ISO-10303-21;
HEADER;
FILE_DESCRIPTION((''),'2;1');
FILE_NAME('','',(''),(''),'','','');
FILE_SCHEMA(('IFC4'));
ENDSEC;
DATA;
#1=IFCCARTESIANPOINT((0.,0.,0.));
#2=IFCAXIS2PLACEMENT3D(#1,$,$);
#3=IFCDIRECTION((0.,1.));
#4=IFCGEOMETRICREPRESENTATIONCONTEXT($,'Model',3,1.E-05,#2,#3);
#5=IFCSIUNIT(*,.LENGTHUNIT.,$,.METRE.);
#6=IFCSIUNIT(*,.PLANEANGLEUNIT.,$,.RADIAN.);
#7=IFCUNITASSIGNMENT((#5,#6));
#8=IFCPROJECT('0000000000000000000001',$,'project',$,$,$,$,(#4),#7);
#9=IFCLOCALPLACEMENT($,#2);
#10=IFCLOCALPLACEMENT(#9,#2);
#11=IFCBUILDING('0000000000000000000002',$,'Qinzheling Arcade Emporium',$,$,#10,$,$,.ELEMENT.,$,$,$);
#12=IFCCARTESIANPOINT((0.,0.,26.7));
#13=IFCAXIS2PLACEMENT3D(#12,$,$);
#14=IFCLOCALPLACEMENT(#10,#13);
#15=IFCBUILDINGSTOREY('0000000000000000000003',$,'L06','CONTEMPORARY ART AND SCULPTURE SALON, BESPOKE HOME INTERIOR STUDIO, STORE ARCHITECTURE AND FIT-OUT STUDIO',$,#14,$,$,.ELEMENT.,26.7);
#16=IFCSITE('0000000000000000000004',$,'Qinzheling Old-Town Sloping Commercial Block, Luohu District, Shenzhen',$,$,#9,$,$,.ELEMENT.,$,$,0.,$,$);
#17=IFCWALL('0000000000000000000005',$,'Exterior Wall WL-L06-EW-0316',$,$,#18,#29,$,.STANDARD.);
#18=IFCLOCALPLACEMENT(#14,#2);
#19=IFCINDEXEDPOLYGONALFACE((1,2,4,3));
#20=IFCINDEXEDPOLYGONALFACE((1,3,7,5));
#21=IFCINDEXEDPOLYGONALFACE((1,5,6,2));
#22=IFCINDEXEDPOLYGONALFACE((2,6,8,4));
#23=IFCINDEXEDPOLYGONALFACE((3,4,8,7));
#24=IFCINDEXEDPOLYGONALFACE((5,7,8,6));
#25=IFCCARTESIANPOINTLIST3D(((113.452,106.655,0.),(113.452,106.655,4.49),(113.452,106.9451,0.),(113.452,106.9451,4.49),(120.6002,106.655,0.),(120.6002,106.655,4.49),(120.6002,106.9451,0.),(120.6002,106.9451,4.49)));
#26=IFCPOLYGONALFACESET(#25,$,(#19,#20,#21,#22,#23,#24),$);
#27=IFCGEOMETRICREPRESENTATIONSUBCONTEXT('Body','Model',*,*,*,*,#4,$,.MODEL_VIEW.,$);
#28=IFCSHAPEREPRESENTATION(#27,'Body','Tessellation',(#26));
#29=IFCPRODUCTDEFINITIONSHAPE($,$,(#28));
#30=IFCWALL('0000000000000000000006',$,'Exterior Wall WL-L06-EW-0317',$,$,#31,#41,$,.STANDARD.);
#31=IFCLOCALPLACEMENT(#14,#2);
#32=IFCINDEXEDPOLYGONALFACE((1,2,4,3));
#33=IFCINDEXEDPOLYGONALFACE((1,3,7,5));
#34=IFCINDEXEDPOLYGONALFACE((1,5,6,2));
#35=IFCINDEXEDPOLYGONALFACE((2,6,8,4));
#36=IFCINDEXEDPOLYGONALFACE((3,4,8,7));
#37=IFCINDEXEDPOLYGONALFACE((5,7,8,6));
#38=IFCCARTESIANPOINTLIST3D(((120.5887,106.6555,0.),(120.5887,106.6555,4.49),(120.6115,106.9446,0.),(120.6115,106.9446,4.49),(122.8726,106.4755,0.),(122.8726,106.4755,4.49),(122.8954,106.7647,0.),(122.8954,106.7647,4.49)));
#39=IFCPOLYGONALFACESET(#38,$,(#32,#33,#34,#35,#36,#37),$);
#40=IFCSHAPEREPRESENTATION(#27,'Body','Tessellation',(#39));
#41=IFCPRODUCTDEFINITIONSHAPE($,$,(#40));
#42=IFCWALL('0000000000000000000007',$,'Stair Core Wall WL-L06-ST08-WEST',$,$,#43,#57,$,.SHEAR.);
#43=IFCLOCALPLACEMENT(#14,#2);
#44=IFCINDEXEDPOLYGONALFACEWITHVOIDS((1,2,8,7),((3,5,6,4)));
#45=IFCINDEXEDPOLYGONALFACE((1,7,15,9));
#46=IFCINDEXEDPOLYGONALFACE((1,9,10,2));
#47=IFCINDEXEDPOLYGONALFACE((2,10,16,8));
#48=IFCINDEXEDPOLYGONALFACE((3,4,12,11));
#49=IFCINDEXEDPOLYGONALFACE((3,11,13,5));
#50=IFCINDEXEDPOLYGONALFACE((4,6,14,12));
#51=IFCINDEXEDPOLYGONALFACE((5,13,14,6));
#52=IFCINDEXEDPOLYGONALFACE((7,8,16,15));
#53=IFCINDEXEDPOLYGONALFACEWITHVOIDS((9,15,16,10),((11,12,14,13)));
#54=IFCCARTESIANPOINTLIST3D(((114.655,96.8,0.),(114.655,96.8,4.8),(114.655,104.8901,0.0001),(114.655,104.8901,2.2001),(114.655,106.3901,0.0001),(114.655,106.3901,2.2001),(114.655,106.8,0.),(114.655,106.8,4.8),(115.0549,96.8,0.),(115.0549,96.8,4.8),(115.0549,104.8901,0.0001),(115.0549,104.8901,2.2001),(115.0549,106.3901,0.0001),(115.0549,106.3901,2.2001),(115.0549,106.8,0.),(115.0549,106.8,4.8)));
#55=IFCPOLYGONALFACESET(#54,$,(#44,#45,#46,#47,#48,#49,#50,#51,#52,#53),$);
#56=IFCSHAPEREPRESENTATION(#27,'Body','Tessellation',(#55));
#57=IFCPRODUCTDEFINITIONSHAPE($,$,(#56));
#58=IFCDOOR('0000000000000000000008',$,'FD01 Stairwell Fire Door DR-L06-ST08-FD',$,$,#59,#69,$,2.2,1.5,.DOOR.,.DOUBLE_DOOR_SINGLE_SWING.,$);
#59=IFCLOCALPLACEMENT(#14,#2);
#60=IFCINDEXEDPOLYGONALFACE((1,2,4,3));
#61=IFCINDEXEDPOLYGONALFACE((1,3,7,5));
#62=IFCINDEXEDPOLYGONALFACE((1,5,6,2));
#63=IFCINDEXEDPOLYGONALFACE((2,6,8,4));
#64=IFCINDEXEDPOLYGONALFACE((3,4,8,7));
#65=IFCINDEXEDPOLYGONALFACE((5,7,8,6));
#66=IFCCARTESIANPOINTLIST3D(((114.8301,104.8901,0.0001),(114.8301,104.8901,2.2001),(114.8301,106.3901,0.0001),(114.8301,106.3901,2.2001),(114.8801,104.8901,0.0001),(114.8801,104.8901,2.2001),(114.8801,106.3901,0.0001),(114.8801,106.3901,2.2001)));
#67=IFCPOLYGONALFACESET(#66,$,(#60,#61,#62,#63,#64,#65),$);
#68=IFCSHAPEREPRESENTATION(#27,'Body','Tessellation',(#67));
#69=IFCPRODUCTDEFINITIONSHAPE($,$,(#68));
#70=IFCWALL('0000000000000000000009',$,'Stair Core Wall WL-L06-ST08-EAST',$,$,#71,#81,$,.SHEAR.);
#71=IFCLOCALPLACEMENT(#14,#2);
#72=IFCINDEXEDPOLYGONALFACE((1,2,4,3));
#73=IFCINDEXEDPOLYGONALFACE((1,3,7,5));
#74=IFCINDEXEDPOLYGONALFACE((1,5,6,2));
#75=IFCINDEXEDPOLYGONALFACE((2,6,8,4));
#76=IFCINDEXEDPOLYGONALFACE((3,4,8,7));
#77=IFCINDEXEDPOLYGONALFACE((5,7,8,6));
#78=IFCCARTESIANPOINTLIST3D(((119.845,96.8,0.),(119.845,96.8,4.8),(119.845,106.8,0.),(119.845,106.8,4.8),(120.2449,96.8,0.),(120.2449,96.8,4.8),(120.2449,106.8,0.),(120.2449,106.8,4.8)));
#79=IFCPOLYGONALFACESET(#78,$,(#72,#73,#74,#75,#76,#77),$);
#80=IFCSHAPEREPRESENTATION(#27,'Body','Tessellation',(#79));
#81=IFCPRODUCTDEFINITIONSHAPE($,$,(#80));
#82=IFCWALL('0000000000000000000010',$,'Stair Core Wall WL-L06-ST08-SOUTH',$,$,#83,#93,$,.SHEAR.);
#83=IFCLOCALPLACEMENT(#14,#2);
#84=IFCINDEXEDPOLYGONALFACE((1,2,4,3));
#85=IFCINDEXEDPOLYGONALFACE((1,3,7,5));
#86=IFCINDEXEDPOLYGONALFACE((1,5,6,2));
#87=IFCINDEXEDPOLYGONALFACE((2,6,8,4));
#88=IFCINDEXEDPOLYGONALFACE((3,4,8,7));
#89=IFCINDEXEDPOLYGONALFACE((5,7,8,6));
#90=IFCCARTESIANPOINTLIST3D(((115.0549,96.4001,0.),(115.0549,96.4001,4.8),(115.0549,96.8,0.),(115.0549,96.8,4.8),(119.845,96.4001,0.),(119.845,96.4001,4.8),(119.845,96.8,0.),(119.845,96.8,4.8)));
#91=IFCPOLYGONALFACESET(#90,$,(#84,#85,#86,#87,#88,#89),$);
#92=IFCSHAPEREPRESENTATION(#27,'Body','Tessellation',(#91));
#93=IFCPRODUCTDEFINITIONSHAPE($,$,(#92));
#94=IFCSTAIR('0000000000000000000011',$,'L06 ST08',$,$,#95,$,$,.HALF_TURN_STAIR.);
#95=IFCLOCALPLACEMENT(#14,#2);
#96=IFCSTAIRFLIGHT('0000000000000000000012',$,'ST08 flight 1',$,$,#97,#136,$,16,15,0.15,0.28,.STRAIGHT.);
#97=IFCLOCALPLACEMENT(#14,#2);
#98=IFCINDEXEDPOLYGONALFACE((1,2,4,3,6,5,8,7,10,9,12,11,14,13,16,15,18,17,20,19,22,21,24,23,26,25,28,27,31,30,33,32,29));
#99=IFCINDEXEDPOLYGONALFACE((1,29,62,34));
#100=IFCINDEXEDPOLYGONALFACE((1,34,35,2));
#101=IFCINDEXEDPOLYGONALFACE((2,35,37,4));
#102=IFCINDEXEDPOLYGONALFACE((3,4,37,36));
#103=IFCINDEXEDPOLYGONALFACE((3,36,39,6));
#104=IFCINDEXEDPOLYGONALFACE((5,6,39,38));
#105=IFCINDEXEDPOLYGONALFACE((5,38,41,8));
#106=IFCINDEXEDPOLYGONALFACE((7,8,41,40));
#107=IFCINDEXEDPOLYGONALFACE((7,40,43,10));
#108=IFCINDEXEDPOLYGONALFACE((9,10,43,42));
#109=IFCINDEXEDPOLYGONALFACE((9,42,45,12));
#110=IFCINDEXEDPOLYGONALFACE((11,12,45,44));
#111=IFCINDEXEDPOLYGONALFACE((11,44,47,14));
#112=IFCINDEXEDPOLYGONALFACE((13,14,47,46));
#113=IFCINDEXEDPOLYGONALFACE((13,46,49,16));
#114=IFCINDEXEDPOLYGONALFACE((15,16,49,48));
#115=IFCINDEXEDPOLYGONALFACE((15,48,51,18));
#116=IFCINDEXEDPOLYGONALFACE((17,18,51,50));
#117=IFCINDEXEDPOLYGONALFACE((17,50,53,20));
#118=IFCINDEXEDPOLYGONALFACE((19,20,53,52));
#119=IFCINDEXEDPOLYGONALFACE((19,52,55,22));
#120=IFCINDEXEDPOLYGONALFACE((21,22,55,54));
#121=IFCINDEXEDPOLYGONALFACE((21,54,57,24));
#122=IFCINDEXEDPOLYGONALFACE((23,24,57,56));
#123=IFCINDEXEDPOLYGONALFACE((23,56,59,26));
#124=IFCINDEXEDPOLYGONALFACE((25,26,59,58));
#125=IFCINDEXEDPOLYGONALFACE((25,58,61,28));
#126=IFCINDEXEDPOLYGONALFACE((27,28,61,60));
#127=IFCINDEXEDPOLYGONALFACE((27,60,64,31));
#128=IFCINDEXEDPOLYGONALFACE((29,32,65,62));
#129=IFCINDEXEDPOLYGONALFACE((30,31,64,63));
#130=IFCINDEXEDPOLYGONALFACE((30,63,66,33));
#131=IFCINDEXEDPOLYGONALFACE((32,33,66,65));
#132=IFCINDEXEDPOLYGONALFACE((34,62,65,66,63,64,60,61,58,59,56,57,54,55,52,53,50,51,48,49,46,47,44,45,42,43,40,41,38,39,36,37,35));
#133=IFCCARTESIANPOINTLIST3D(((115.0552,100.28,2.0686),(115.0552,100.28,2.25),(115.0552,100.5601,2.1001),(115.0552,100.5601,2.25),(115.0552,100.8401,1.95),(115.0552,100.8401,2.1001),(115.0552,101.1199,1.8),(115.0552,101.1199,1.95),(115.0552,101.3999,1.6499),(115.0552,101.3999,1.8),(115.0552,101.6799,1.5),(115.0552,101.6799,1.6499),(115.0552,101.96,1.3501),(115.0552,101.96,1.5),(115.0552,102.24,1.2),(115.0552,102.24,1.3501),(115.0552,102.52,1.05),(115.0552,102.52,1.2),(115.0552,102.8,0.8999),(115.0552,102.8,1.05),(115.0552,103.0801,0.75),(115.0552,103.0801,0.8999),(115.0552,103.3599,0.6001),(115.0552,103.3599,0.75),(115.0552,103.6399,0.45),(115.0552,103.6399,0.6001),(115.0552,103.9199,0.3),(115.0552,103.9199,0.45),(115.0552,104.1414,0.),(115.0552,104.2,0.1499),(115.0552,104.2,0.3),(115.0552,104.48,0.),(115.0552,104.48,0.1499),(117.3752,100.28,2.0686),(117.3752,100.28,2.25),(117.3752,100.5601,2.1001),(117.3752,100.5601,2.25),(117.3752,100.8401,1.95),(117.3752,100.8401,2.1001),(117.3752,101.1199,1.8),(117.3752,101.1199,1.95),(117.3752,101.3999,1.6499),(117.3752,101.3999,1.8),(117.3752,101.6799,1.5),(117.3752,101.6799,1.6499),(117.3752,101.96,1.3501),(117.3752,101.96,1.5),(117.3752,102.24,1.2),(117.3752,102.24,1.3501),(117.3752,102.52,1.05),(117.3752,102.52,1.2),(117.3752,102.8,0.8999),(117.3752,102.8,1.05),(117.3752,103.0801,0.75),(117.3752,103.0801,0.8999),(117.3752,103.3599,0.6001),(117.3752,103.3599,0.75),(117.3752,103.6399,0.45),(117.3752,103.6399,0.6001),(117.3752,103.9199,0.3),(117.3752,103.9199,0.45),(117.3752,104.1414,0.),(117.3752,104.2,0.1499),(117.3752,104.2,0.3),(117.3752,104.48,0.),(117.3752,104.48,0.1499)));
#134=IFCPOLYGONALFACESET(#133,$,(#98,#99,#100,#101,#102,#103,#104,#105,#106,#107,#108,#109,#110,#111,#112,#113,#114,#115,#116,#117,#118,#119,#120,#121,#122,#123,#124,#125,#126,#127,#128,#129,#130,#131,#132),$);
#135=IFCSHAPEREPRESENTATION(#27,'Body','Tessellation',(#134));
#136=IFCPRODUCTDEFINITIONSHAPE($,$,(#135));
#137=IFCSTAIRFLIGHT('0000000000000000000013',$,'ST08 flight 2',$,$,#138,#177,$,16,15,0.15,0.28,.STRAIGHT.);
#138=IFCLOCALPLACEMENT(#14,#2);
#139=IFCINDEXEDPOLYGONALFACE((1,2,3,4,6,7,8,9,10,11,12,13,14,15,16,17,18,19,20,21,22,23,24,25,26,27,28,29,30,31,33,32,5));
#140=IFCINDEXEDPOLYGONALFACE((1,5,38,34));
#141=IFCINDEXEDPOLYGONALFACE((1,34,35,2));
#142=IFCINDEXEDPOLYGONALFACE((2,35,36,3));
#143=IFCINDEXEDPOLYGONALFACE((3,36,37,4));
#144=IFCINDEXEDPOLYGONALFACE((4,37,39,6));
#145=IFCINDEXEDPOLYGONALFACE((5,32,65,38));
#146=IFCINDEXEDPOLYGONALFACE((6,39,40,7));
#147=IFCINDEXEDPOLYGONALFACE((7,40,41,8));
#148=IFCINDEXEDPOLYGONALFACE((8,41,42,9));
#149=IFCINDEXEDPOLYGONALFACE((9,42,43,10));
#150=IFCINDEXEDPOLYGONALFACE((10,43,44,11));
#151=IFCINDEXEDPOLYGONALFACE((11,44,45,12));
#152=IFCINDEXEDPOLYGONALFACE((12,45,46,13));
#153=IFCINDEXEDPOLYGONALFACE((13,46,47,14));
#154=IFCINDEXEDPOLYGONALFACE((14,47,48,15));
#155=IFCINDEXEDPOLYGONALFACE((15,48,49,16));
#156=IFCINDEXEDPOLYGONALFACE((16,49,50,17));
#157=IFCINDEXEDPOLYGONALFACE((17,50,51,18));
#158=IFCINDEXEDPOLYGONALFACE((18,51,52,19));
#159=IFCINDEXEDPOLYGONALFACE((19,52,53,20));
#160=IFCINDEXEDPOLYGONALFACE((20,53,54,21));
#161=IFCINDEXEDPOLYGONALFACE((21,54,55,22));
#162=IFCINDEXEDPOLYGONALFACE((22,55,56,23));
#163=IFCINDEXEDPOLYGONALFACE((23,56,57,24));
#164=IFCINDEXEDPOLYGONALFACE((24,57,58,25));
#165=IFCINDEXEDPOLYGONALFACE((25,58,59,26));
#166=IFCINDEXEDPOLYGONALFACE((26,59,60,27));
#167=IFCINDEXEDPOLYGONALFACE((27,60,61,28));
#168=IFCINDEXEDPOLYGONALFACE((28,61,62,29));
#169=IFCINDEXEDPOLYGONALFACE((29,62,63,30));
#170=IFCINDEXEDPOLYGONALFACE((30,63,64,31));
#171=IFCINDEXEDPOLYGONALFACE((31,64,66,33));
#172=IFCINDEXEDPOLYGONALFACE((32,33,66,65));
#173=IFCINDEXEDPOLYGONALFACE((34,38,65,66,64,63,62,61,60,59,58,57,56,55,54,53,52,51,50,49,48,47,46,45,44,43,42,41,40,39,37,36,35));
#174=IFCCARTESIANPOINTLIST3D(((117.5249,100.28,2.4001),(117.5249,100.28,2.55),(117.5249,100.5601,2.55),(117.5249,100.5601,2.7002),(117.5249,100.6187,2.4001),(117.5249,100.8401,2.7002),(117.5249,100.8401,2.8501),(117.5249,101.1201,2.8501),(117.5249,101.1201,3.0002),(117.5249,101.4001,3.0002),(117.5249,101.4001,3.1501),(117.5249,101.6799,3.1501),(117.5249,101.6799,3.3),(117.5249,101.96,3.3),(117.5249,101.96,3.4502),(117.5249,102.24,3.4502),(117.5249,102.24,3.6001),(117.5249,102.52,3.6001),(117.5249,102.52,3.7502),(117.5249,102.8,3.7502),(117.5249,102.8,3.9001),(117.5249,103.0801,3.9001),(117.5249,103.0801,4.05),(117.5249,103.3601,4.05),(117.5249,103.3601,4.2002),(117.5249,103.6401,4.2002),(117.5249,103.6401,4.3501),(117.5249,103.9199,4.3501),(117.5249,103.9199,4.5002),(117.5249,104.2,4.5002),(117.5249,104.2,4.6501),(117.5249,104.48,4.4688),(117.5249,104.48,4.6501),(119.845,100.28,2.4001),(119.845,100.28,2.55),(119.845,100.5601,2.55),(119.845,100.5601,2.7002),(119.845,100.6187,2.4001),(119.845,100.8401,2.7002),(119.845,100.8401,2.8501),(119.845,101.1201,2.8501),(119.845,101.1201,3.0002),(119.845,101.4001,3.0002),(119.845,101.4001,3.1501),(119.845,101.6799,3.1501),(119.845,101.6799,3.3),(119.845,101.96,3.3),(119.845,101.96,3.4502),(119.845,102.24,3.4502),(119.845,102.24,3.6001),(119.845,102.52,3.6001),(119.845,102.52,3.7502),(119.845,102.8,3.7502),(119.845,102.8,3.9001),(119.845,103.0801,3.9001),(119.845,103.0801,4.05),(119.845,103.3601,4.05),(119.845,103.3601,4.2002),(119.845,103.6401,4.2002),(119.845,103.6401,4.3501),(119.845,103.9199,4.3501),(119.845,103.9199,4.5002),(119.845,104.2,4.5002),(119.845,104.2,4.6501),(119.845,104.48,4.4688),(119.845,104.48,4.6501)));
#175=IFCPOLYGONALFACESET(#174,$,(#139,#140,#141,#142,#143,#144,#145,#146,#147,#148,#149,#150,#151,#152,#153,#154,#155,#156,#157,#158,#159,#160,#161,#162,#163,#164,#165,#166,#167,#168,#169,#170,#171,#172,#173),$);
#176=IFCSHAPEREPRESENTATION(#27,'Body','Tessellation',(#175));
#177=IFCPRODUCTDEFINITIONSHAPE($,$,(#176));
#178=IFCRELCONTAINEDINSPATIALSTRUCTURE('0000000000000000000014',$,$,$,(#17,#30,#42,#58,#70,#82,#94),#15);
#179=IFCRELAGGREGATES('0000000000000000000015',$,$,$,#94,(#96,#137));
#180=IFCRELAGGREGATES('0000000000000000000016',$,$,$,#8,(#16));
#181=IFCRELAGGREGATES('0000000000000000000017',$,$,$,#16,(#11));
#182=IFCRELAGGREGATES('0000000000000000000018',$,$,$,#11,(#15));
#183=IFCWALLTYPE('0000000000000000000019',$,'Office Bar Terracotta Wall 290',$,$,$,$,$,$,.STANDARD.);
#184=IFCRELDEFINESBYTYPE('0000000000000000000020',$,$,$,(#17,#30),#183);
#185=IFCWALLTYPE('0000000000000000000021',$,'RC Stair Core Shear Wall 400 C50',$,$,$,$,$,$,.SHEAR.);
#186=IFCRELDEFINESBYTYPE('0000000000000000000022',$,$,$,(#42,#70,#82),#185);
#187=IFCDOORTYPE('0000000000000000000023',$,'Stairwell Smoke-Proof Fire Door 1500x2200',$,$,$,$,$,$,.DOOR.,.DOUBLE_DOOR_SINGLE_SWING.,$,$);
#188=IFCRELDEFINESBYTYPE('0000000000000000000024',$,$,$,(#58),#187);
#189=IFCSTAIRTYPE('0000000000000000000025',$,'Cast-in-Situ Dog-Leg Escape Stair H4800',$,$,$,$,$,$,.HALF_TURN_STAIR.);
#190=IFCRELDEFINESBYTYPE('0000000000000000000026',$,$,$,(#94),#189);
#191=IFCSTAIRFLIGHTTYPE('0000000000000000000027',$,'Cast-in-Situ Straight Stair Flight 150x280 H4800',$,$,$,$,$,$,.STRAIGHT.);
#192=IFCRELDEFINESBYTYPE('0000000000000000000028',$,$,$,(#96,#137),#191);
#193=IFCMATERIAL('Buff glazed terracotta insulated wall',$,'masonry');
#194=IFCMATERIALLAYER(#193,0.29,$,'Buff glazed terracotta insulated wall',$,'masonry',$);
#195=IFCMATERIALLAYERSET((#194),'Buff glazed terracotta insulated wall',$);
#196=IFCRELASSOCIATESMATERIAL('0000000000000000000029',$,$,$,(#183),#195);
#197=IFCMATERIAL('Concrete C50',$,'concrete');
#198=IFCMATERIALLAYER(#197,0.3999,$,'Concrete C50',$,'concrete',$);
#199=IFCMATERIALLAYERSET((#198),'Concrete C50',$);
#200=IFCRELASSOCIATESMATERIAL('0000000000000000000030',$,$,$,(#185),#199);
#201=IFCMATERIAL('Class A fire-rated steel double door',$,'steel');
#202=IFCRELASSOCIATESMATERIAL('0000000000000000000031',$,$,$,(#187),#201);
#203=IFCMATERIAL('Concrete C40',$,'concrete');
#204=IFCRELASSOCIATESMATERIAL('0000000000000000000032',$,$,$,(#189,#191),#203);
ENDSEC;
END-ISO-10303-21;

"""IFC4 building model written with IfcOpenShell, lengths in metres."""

from ifc_helpers import new_model, si_unit, direction, frame, frame_2d, origin, place, context, subcontext, project, spatial, polyline, rectangle, outline, extrude, material, layer, layer_set, type_object, element, fill, aggregate, save


model = new_model("IFC4")

# Units and contexts
model_context = context("Model", 3, precision=1e-05, world=origin(), true_north=direction((0.0, 1.0)))
body_context = subcontext(model_context, "Body", "Model", "MODEL_VIEW")
ifc_project = project(units=[si_unit("LENGTHUNIT", "METRE"), si_unit("PLANEANGLEUNIT", "RADIAN")], contexts=[model_context])

# Site, building, storey
site_placement = place(None, origin())
site = spatial("IfcSite", under=ifc_project, at=site_placement, Name="Qinzheling Old-Town Sloping Commercial Block, Luohu District, Shenzhen", CompositionType="ELEMENT", RefElevation=0.0)
building_placement = place(site_placement, origin())
building = spatial("IfcBuilding", under=site, at=building_placement, Name="Qinzheling Arcade Emporium", CompositionType="ELEMENT")
storey_placement = place(building_placement, frame((0.0, 0.0, 26.7)))
storey = spatial("IfcBuildingStorey", under=building, at=storey_placement, Name="L06", Description="CONTEMPORARY ART AND SCULPTURE SALON, BESPOKE HOME INTERIOR STUDIO, STORE ARCHITECTURE AND FIT-OUT STUDIO", CompositionType="ELEMENT", Elevation=26.7)

# Shared definitions
ifc_material_1 = material(Name="Concrete C40", Category="concrete")

# Walls
ifc_material_2 = material(Name="Buff glazed terracotta insulated wall", Category="masonry")
ifc_layer_1 = layer(ifc_material_2, 0.29, Name="Buff glazed terracotta insulated wall", Category="masonry")
ifc_layer_set_1 = layer_set([ifc_layer_1], Name="Buff glazed terracotta insulated wall")
wall_type_1 = type_object("IfcWallType", Name="Office Bar Terracotta Wall 290", PredefinedType="STANDARD", material=ifc_layer_set_1)
wall_1_placement = place(storey_placement, frame((113.4519, 106.8, 0.0), z_axis=(0.0, 0.0, 1.0), x_axis=(1.0, 0.0, 0.0)))
element("IfcWall", 1, at=wall_1_placement, inside=storey, type_object=wall_type_1, Name="Exterior Wall WL-L06-EW-0316", PredefinedType="STANDARD", context=body_context, shape_type="SweptSolid", body=[
    extrude(rectangle(XDim=7.1482, YDim=0.29, at=frame_2d((3.5742, 0.0))), origin(), (0.0, 0.0, 1.0), 4.49),
])
wall_2_placement = place(storey_placement, frame((120.6001, 106.8, 0.0), z_axis=(0.0, 0.0, 1.0), x_axis=(0.996911, -0.078538, 0.0)))
element("IfcWall", 2, at=wall_2_placement, inside=storey, type_object=wall_type_1, Name="Exterior Wall WL-L06-EW-0317", PredefinedType="STANDARD", context=body_context, shape_type="SweptSolid", body=[
    extrude(rectangle(XDim=2.291, YDim=0.29, at=frame_2d((1.1455, 0.0))), origin(), (0.0, 0.0, 1.0), 4.49),
])

# Wall, opening, door
ifc_material_3 = material(Name="Concrete C50", Category="concrete")
ifc_layer_2 = layer(ifc_material_3, 0.3999, Name="Concrete C50", Category="concrete")
ifc_layer_set_2 = layer_set([ifc_layer_2], Name="Concrete C50")
wall_type_2 = type_object("IfcWallType", Name="RC Stair Core Shear Wall 400 C50", PredefinedType="SHEAR", material=ifc_layer_set_2)
wall_3_placement = place(storey_placement, frame((114.855, 96.8, 0.0), z_axis=(0.0, 0.0, 1.0), x_axis=(0.0, 1.0, 0.0)))
wall_3 = element("IfcWall", 3, at=wall_3_placement, inside=storey, type_object=wall_type_2, Name="Stair Core Wall WL-L06-ST08-WEST", PredefinedType="SHEAR", context=body_context, shape_type="SweptSolid", body=[
    extrude(rectangle(XDim=10.0, YDim=0.3999, at=frame_2d((5.0, 0.0))), origin(), (0.0, 0.0, 1.0), 4.8),
])
opening_1_placement = place(wall_3_placement, frame((8.0901, 0.0, 0.0)))
opening_1 = element("IfcOpeningElement", 4, at=opening_1_placement, cuts=wall_3, PredefinedType="OPENING", context=body_context, shape_type="SweptSolid", body=[
    extrude(rectangle(XDim=1.5, YDim=2.2, at=frame_2d((0.75, 1.1001))), frame((0.0, 0.21, 0.0), z_axis=(0.0, -1.0, 0.0), x_axis=(1.0, 0.0, 0.0)), (0.0, 0.0, 1.0), 0.4199),
])
ifc_material_4 = material(Name="Class A fire-rated steel double door", Category="steel")
door_type = type_object("IfcDoorType", Name="Stairwell Smoke-Proof Fire Door 1500x2200", OperationType="DOUBLE_DOOR_SINGLE_SWING", PredefinedType="DOOR", material=ifc_material_4)
door_placement = place(opening_1_placement, origin())
door = element("IfcDoor", 5, at=door_placement, inside=storey, type_object=door_type, Name="FD01 Stairwell Fire Door DR-L06-ST08-FD", OperationType="DOUBLE_DOOR_SINGLE_SWING", OverallHeight=2.2, OverallWidth=1.5, PredefinedType="DOOR", context=body_context, shape_type="SweptSolid", body=[
    extrude(rectangle(XDim=1.5, YDim=2.2, at=frame_2d((0.75, 1.1001))), frame((0.0, 0.0249, 0.0), z_axis=(0.0, -1.0, 0.0), x_axis=(1.0, 0.0, 0.0)), (0.0, 0.0, 1.0), 0.05),
])
fill(opening_1, door)

# Walls
wall_4_placement = place(storey_placement, frame((120.0449, 106.8, 0.0), z_axis=(0.0, 0.0, 1.0), x_axis=(0.0, -1.0, 0.0)))
element("IfcWall", 6, at=wall_4_placement, inside=storey, type_object=wall_type_2, Name="Stair Core Wall WL-L06-ST08-EAST", PredefinedType="SHEAR", context=body_context, shape_type="SweptSolid", body=[
    extrude(rectangle(XDim=10.0, YDim=0.3999, at=frame_2d((5.0, 0.0))), origin(), (0.0, 0.0, 1.0), 4.8),
])
wall_5_placement = place(storey_placement, frame((119.845, 96.6001, 0.0), z_axis=(0.0, 0.0, 1.0), x_axis=(-1.0, 0.0, 0.0)))
element("IfcWall", 7, at=wall_5_placement, inside=storey, type_object=wall_type_2, Name="Stair Core Wall WL-L06-ST08-SOUTH", PredefinedType="SHEAR", context=body_context, shape_type="SweptSolid", body=[
    extrude(rectangle(XDim=4.79, YDim=0.3999, at=frame_2d((2.395, 0.0))), origin(), (0.0, 0.0, 1.0), 4.8),
])

# Stair, stair flights
stair_type = type_object("IfcStairType", Name="Cast-in-Situ Dog-Leg Escape Stair H4800", PredefinedType="HALF_TURN_STAIR", material=ifc_material_1)
stair_placement = place(storey_placement, origin())
stair = element("IfcStair", 8, at=stair_placement, inside=storey, type_object=stair_type, Name="L06 ST08", PredefinedType="HALF_TURN_STAIR")
stair_flight_type = type_object("IfcStairFlightType", Name="Cast-in-Situ Straight Stair Flight 150x280 H4800", PredefinedType="STRAIGHT", material=ifc_material_1)
stair_flight_1_placement = place(storey_placement, frame((116.2151, 104.48, 0.0), z_axis=(0.0, 0.0, 1.0), x_axis=(0.0, -1.0, 0.0)))
stair_flight_1 = element("IfcStairFlight", 9, at=stair_flight_1_placement, type_object=stair_flight_type, Name="ST08 flight 1", NumberOfRisers=16, NumberOfTreads=15, PredefinedType="STRAIGHT", RiserHeight=0.15, TreadLength=0.28, context=body_context, shape_type="SweptSolid", body=[
    extrude(outline(polyline([(0.0, 0.0), (0.0, 0.1499), (0.28, 0.1499), (0.28, 0.3), (0.5601, 0.3), (0.5601, 0.45), (0.8401, 0.45), (0.8401, 0.6001), (1.1201, 0.6001), (1.1201, 0.75), (1.3999, 0.75), (1.3999, 0.8999), (1.6799, 0.8999), (1.6799, 1.05), (1.96, 1.05), (1.96, 1.2), (2.24, 1.2), (2.24, 1.3501), (2.52, 1.3501), (2.52, 1.5), (2.8, 1.5), (2.8, 1.6499), (3.0801, 1.6499), (3.0801, 1.8), (3.3601, 1.8), (3.3601, 1.95), (3.6399, 1.95), (3.6399, 2.1001), (3.9199, 2.1001), (3.9199, 2.25), (4.2, 2.25), (4.2, 2.3999), (4.2, 2.0686), (0.3386, 0.0), (0.0, 0.0)])), frame((0.0, 1.1602, 0.0), z_axis=(0.0, -1.0, 0.0), x_axis=(1.0, 0.0, 0.0)), (0.0, 0.0, 1.0), 2.3201),
])
stair_flight_2_placement = place(storey_placement, frame((118.6851, 100.28, 2.4001), z_axis=(0.0, 0.0, 1.0), x_axis=(0.0, 1.0, 0.0)))
stair_flight_2 = element("IfcStairFlight", 10, at=stair_flight_2_placement, type_object=stair_flight_type, Name="ST08 flight 2", NumberOfRisers=16, NumberOfTreads=15, PredefinedType="STRAIGHT", RiserHeight=0.15, TreadLength=0.28, context=body_context, shape_type="SweptSolid", body=[
    extrude(outline(polyline([(0.0, 0.0), (0.0, 0.1499), (0.28, 0.1499), (0.28, 0.3), (0.5601, 0.3), (0.5601, 0.45), (0.8401, 0.45), (0.8401, 0.6001), (1.1201, 0.6001), (1.1201, 0.75), (1.3999, 0.75), (1.3999, 0.8999), (1.6799, 0.8999), (1.6799, 1.05), (1.96, 1.05), (1.96, 1.2), (2.24, 1.2), (2.24, 1.3501), (2.52, 1.3501), (2.52, 1.5), (2.8, 1.5), (2.8, 1.6499), (3.0801, 1.6499), (3.0801, 1.8), (3.3601, 1.8), (3.3601, 1.95), (3.6399, 1.95), (3.6399, 2.1001), (3.9199, 2.1001), (3.9199, 2.25), (4.2, 2.25), (4.2, 2.3999), (4.2, 2.0686), (0.3386, 0.0), (0.0, 0.0)])), frame((0.0, 1.1602, 0.0), z_axis=(0.0, -1.0, 0.0), x_axis=(1.0, 0.0, 0.0)), (0.0, 0.0, 1.0), 2.3201),
])
aggregate(stair, [stair_flight_1, stair_flight_2])

save(model, "model.ifc")
